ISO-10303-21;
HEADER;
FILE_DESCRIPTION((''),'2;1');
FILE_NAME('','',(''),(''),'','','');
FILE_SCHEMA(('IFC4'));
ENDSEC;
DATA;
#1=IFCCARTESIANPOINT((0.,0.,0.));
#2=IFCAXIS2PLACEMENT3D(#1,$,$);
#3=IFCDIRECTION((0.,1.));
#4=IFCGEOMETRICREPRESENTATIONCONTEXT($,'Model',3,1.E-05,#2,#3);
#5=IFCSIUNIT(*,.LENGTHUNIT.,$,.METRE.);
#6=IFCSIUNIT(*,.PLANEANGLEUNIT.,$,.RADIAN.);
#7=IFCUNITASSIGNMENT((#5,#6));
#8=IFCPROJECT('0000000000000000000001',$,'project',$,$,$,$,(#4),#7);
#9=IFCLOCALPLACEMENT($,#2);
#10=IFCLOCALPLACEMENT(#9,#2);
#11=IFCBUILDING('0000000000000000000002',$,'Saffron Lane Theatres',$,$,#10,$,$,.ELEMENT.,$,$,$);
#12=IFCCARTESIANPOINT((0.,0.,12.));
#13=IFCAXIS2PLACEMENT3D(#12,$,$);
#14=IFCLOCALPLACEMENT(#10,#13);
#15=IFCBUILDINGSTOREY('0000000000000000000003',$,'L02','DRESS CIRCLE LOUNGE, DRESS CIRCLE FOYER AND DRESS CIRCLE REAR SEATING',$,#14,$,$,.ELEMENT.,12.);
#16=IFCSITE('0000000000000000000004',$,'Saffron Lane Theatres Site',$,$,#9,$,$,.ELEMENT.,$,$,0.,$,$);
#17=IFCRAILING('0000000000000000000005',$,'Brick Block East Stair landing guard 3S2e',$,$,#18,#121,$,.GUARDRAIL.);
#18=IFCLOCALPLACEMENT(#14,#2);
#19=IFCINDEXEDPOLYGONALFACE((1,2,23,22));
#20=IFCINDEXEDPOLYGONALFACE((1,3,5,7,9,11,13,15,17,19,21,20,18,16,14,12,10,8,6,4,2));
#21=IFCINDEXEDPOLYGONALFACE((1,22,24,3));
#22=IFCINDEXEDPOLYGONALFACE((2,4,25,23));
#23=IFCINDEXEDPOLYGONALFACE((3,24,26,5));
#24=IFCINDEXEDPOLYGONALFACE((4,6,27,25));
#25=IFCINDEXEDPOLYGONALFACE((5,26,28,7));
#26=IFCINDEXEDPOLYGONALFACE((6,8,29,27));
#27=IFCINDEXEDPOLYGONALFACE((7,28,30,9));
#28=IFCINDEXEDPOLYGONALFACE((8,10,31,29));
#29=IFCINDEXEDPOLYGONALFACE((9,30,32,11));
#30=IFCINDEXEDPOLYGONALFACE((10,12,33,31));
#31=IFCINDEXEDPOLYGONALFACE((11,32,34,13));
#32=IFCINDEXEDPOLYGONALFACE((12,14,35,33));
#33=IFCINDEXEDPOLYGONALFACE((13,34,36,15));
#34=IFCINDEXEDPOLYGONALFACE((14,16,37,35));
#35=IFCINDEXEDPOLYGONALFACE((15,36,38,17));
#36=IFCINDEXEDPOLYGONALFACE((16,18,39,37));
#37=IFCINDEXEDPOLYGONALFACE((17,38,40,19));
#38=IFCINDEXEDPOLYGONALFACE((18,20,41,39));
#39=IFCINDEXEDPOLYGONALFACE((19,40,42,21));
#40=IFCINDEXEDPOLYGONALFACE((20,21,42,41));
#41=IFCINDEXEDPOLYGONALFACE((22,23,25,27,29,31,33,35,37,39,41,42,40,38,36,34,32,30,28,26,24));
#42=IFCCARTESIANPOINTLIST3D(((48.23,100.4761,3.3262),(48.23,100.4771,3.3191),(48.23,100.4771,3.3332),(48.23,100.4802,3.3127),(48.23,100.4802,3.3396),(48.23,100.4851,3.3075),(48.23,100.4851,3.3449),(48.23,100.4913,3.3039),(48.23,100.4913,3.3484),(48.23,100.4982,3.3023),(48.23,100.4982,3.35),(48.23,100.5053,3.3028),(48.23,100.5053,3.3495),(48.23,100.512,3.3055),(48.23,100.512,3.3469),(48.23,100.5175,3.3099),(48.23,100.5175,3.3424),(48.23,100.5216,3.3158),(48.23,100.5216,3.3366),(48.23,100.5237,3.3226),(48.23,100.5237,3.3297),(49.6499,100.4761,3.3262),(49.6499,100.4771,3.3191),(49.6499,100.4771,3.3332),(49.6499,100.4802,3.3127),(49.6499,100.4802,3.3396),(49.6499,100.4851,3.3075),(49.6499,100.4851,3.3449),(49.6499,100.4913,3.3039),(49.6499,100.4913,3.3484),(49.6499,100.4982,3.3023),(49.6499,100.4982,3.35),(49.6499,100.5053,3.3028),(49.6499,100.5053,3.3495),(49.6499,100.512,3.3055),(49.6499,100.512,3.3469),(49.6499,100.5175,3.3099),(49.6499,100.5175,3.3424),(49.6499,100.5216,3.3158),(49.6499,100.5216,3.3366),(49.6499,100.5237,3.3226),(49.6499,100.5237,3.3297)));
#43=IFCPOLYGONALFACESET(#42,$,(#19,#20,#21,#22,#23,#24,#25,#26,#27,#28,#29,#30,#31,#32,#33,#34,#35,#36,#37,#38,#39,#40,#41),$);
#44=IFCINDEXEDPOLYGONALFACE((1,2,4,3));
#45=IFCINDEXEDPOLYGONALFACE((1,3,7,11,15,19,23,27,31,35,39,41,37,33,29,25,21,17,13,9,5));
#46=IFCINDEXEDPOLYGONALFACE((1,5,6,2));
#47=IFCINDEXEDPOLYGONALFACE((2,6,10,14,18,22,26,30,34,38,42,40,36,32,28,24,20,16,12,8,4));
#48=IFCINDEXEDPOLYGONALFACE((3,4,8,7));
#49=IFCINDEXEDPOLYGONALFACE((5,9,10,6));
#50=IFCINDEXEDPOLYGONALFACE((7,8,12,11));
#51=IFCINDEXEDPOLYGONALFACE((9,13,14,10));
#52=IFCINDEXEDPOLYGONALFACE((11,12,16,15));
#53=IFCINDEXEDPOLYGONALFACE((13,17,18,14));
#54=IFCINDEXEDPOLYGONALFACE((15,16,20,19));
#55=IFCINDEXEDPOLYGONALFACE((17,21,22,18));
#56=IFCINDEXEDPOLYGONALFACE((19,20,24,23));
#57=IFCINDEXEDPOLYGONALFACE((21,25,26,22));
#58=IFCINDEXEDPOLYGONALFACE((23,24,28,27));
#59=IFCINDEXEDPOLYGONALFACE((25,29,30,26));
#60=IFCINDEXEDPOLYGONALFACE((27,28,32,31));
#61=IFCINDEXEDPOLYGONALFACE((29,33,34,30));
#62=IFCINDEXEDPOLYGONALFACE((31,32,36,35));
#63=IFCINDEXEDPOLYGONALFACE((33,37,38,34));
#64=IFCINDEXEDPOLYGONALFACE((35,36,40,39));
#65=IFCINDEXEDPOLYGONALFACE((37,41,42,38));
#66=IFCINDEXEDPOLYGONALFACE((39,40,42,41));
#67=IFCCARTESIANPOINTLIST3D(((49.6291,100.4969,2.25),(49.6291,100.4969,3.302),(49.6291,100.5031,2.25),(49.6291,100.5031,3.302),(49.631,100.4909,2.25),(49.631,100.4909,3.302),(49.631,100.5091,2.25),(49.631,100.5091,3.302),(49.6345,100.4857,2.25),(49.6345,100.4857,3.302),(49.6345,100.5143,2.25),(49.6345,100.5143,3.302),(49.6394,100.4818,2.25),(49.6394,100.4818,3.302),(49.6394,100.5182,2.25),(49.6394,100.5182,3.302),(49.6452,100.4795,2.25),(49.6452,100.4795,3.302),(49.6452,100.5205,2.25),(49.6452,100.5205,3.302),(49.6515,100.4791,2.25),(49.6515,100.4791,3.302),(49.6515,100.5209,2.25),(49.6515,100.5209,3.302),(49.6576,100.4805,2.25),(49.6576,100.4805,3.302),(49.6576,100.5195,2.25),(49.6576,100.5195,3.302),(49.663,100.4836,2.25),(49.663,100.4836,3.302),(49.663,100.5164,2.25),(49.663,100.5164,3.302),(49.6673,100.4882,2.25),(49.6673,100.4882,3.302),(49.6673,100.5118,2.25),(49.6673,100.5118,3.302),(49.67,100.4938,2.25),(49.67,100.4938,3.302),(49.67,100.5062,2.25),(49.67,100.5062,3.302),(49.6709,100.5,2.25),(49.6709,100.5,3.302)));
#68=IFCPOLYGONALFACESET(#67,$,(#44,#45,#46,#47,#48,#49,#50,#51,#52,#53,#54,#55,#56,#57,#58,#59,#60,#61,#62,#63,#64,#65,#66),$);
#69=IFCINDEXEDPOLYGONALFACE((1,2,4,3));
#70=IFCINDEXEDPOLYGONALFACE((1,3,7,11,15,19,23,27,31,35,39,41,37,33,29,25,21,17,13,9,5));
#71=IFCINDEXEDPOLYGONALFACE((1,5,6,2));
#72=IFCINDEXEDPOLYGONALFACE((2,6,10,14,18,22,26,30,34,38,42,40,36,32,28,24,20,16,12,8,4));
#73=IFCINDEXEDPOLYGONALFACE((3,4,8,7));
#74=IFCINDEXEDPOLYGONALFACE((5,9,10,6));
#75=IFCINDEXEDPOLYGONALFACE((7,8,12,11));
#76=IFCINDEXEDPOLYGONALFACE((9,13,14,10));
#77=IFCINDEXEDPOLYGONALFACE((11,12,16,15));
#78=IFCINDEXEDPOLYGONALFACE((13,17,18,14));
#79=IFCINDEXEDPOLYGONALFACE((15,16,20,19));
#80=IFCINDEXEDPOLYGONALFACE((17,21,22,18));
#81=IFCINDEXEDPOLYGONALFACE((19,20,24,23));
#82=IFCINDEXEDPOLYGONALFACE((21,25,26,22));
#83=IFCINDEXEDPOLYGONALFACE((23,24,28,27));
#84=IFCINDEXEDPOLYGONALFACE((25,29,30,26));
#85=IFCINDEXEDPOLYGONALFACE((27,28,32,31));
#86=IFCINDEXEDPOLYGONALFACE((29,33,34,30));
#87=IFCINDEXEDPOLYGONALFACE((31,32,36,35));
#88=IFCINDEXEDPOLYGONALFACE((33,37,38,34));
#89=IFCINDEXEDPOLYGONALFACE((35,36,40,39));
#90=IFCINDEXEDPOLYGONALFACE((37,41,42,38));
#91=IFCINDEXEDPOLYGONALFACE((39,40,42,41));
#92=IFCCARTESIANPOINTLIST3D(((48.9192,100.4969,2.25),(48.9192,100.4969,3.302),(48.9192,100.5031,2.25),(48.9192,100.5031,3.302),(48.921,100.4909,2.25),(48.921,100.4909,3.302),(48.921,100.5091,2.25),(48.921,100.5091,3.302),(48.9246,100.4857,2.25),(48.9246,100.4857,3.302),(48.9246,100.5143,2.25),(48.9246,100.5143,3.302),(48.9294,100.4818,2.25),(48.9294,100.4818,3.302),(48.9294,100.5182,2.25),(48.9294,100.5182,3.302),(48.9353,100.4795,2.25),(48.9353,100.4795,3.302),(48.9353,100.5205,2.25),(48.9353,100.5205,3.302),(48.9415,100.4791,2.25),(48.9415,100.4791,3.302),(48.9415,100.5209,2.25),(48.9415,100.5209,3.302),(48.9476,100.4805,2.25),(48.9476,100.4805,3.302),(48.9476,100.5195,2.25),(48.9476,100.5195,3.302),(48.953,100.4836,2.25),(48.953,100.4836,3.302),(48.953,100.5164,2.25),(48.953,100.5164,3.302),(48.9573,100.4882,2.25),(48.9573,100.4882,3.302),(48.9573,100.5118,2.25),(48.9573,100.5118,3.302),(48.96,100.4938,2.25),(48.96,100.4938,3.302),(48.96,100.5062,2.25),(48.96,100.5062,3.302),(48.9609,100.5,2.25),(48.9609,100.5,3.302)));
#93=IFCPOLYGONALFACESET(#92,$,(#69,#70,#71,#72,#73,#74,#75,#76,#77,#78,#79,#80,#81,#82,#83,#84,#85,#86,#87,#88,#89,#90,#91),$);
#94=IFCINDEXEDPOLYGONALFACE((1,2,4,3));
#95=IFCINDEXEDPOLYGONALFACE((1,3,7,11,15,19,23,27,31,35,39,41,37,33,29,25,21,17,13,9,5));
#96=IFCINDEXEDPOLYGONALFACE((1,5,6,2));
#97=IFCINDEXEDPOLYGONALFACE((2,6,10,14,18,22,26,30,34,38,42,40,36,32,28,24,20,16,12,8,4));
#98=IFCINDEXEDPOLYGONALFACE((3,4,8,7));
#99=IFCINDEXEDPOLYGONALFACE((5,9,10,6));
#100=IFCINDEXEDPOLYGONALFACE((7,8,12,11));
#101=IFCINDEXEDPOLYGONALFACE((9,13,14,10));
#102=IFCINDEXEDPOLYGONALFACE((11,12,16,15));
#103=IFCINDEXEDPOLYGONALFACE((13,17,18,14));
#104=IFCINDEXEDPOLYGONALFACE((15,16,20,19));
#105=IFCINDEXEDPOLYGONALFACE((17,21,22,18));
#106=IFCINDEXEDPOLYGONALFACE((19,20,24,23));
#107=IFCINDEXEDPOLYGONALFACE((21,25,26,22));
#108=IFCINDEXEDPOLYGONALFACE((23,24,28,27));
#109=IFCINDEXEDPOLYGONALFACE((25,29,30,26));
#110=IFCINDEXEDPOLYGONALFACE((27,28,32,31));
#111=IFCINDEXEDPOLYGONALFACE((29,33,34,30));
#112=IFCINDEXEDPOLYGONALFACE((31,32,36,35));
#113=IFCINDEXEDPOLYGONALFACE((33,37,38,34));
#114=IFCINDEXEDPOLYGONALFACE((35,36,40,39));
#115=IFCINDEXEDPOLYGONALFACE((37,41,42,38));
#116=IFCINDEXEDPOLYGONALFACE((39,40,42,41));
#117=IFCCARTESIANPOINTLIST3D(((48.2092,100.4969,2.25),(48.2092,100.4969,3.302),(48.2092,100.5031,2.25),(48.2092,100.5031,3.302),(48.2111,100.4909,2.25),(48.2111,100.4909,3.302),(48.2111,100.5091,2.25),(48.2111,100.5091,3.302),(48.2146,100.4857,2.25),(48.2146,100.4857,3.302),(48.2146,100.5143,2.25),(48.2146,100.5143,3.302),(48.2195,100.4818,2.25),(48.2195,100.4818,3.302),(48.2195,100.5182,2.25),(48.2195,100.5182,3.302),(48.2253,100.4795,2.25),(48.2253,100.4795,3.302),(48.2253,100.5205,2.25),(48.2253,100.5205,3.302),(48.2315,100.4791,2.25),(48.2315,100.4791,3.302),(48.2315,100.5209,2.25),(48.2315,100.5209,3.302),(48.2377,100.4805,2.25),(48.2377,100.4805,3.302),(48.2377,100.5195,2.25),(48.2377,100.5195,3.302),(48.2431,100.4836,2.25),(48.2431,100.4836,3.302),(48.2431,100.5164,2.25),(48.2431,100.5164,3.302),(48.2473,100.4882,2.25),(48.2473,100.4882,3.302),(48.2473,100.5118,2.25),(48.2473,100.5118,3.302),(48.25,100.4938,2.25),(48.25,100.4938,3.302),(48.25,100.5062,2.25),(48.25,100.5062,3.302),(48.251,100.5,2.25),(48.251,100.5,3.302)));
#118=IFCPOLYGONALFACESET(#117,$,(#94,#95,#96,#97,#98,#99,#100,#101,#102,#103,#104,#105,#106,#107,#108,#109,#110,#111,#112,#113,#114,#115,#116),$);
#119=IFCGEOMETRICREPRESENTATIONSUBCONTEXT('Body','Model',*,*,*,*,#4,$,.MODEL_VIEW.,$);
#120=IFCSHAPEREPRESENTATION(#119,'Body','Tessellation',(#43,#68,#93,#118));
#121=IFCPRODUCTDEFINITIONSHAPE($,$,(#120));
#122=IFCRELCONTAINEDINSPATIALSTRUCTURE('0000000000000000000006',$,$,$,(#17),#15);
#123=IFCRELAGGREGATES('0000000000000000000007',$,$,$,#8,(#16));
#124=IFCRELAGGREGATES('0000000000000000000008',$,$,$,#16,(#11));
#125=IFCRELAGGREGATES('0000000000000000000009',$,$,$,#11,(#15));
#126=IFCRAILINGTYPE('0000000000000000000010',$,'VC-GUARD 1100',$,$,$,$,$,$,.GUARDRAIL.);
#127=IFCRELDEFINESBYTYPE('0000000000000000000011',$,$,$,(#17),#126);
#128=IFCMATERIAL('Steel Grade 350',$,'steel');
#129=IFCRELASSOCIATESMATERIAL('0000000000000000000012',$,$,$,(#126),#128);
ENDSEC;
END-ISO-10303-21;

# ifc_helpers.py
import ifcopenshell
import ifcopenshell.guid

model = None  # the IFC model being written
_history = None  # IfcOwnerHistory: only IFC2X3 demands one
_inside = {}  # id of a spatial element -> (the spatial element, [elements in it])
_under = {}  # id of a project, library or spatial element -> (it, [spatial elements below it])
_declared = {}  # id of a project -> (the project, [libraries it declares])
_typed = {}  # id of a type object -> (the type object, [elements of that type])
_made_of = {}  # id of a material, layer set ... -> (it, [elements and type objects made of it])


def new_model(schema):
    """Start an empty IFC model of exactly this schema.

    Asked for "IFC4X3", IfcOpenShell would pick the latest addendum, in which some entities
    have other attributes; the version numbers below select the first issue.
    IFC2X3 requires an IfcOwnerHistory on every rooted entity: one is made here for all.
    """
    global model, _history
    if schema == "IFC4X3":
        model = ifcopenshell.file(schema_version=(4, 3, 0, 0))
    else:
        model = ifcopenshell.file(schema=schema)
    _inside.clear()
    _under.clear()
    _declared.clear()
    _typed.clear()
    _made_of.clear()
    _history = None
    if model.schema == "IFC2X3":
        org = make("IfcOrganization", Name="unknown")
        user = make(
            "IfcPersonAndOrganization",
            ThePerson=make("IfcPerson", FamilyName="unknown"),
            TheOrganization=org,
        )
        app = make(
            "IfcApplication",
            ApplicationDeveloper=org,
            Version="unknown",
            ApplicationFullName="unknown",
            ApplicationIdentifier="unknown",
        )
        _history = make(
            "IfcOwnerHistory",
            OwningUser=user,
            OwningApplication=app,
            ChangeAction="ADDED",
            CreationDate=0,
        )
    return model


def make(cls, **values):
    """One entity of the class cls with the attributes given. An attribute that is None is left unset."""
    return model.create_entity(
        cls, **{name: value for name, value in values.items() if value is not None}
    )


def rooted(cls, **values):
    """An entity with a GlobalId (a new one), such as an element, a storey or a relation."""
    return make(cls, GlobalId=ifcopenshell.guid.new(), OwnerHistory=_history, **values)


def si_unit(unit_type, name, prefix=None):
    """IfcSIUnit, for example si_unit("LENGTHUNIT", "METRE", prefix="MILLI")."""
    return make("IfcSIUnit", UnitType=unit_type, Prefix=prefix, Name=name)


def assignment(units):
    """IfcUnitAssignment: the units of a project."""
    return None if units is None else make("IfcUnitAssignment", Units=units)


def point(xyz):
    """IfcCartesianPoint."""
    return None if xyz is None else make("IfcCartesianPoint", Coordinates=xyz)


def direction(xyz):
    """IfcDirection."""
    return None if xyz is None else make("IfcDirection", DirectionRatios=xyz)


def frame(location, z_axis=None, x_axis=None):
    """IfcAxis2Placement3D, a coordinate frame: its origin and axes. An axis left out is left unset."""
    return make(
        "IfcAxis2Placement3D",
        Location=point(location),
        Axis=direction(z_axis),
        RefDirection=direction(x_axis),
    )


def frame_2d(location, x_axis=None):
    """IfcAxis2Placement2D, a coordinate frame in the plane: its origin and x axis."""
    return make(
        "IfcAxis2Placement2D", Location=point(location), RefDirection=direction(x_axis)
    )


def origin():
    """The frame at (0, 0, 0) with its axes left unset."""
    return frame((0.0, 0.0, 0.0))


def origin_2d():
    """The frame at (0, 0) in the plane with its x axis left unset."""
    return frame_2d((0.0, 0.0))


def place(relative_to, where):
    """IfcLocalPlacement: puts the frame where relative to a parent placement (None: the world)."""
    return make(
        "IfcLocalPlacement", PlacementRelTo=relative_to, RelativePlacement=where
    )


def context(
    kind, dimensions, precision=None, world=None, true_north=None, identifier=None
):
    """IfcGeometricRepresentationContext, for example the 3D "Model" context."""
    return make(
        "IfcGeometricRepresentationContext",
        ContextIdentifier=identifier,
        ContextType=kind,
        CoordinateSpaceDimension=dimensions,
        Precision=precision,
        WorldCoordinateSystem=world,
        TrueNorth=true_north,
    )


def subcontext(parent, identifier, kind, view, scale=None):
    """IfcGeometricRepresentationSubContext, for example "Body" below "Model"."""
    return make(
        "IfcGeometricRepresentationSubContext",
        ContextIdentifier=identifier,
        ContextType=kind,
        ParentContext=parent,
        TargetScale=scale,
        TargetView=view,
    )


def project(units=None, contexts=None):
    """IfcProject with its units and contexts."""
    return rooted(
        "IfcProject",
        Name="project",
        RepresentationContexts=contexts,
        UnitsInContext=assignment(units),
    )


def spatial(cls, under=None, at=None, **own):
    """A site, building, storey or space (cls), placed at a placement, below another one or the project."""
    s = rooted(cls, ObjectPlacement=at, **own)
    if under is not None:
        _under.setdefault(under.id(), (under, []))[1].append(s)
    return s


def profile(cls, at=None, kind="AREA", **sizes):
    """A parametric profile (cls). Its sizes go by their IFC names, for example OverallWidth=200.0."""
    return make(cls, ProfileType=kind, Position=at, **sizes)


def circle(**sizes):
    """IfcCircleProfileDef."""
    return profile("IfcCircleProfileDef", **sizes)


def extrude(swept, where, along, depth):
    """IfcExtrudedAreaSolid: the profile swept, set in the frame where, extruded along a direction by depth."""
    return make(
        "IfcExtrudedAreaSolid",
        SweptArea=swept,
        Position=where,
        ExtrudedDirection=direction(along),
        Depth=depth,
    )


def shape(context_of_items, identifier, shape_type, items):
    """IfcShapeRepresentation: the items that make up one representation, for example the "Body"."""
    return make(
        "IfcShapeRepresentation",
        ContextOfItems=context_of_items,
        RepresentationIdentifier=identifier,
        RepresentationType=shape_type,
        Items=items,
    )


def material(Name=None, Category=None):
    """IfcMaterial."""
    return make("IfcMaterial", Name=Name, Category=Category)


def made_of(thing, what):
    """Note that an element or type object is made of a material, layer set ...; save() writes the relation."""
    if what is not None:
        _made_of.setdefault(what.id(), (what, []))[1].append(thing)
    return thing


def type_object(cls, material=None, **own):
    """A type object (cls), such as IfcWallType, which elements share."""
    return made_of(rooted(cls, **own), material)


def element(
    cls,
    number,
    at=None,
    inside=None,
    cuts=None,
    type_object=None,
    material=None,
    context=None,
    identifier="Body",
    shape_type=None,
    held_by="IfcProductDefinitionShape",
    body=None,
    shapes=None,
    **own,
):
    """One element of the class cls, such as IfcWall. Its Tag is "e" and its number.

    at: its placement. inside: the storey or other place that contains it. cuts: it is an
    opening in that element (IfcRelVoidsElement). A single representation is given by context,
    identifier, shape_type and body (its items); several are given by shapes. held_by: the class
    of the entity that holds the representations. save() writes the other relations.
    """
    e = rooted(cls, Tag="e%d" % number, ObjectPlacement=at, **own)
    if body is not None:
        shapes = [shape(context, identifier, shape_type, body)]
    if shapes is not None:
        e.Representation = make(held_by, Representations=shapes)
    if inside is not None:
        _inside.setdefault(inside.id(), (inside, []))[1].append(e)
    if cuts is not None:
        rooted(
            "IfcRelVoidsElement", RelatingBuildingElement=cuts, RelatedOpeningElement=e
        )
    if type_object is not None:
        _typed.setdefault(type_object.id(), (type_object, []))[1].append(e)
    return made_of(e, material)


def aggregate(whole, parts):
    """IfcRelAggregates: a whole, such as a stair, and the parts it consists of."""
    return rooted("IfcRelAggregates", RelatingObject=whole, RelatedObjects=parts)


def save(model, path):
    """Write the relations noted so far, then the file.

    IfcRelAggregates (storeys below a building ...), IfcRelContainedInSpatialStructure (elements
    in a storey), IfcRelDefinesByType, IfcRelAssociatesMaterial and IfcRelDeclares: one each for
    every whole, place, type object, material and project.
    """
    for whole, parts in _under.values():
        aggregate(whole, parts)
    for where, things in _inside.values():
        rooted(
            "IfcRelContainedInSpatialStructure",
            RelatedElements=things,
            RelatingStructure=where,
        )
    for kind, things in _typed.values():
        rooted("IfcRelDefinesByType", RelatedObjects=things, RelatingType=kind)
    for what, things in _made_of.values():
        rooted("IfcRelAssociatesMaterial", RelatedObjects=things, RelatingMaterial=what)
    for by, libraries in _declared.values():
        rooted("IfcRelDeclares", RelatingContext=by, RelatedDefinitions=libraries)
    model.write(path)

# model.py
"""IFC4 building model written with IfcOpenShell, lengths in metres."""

from ifc_helpers import new_model, si_unit, direction, frame, origin, origin_2d, place, context, subcontext, project, spatial, circle, extrude, material, type_object, element, save


model = new_model("IFC4")

# Units and contexts
model_context = context("Model", 3, precision=1e-05, world=origin(), true_north=direction((0.0, 1.0)))
body_context = subcontext(model_context, "Body", "Model", "MODEL_VIEW")
ifc_project = project(units=[si_unit("LENGTHUNIT", "METRE"), si_unit("PLANEANGLEUNIT", "RADIAN")], contexts=[model_context])

# Site, building, storey
site_placement = place(None, origin())
site = spatial("IfcSite", under=ifc_project, at=site_placement, Name="Saffron Lane Theatres Site", CompositionType="ELEMENT", RefElevation=0.0)
building_placement = place(site_placement, origin())
building = spatial("IfcBuilding", under=site, at=building_placement, Name="Saffron Lane Theatres", CompositionType="ELEMENT")
storey_placement = place(building_placement, frame((0.0, 0.0, 12.0)))
storey = spatial("IfcBuildingStorey", under=building, at=storey_placement, Name="L02", Description="DRESS CIRCLE LOUNGE, DRESS CIRCLE FOYER AND DRESS CIRCLE REAR SEATING", CompositionType="ELEMENT", Elevation=12.0)

# Railing
ifc_material_1 = material(Name="Steel Grade 350", Category="steel")
railing_type_1 = type_object("IfcRailingType", Name="VC-GUARD 1100", PredefinedType="GUARDRAIL", material=ifc_material_1)
railing_1_placement = place(storey_placement, frame((49.6499, 100.5, 2.25)))
element("IfcRailing", 1, at=railing_1_placement, inside=storey, type_object=railing_type_1, Name="Brick Block East Stair landing guard 3S2e", PredefinedType="GUARDRAIL", context=body_context, shape_type="SweptSolid", body=[
    extrude(circle(Radius=0.0239, at=origin_2d()), frame((0.0, 0.0, 1.0762), z_axis=(-1.0, 0.0, 0.0), x_axis=(0.0, -1.0, 0.0)), (0.0, 0.0, 1.0), 1.4199),
    extrude(circle(Radius=0.021, at=origin_2d()), origin(), (0.0, 0.0, 1.0), 1.052),
    extrude(circle(Radius=0.021, at=origin_2d()), frame((-0.71, 0.0, 0.0)), (0.0, 0.0, 1.0), 1.052),
    extrude(circle(Radius=0.021, at=origin_2d()), frame((-1.4199, 0.0, 0.0)), (0.0, 0.0, 1.0), 1.052),
])

save(model, "model.ifc")
